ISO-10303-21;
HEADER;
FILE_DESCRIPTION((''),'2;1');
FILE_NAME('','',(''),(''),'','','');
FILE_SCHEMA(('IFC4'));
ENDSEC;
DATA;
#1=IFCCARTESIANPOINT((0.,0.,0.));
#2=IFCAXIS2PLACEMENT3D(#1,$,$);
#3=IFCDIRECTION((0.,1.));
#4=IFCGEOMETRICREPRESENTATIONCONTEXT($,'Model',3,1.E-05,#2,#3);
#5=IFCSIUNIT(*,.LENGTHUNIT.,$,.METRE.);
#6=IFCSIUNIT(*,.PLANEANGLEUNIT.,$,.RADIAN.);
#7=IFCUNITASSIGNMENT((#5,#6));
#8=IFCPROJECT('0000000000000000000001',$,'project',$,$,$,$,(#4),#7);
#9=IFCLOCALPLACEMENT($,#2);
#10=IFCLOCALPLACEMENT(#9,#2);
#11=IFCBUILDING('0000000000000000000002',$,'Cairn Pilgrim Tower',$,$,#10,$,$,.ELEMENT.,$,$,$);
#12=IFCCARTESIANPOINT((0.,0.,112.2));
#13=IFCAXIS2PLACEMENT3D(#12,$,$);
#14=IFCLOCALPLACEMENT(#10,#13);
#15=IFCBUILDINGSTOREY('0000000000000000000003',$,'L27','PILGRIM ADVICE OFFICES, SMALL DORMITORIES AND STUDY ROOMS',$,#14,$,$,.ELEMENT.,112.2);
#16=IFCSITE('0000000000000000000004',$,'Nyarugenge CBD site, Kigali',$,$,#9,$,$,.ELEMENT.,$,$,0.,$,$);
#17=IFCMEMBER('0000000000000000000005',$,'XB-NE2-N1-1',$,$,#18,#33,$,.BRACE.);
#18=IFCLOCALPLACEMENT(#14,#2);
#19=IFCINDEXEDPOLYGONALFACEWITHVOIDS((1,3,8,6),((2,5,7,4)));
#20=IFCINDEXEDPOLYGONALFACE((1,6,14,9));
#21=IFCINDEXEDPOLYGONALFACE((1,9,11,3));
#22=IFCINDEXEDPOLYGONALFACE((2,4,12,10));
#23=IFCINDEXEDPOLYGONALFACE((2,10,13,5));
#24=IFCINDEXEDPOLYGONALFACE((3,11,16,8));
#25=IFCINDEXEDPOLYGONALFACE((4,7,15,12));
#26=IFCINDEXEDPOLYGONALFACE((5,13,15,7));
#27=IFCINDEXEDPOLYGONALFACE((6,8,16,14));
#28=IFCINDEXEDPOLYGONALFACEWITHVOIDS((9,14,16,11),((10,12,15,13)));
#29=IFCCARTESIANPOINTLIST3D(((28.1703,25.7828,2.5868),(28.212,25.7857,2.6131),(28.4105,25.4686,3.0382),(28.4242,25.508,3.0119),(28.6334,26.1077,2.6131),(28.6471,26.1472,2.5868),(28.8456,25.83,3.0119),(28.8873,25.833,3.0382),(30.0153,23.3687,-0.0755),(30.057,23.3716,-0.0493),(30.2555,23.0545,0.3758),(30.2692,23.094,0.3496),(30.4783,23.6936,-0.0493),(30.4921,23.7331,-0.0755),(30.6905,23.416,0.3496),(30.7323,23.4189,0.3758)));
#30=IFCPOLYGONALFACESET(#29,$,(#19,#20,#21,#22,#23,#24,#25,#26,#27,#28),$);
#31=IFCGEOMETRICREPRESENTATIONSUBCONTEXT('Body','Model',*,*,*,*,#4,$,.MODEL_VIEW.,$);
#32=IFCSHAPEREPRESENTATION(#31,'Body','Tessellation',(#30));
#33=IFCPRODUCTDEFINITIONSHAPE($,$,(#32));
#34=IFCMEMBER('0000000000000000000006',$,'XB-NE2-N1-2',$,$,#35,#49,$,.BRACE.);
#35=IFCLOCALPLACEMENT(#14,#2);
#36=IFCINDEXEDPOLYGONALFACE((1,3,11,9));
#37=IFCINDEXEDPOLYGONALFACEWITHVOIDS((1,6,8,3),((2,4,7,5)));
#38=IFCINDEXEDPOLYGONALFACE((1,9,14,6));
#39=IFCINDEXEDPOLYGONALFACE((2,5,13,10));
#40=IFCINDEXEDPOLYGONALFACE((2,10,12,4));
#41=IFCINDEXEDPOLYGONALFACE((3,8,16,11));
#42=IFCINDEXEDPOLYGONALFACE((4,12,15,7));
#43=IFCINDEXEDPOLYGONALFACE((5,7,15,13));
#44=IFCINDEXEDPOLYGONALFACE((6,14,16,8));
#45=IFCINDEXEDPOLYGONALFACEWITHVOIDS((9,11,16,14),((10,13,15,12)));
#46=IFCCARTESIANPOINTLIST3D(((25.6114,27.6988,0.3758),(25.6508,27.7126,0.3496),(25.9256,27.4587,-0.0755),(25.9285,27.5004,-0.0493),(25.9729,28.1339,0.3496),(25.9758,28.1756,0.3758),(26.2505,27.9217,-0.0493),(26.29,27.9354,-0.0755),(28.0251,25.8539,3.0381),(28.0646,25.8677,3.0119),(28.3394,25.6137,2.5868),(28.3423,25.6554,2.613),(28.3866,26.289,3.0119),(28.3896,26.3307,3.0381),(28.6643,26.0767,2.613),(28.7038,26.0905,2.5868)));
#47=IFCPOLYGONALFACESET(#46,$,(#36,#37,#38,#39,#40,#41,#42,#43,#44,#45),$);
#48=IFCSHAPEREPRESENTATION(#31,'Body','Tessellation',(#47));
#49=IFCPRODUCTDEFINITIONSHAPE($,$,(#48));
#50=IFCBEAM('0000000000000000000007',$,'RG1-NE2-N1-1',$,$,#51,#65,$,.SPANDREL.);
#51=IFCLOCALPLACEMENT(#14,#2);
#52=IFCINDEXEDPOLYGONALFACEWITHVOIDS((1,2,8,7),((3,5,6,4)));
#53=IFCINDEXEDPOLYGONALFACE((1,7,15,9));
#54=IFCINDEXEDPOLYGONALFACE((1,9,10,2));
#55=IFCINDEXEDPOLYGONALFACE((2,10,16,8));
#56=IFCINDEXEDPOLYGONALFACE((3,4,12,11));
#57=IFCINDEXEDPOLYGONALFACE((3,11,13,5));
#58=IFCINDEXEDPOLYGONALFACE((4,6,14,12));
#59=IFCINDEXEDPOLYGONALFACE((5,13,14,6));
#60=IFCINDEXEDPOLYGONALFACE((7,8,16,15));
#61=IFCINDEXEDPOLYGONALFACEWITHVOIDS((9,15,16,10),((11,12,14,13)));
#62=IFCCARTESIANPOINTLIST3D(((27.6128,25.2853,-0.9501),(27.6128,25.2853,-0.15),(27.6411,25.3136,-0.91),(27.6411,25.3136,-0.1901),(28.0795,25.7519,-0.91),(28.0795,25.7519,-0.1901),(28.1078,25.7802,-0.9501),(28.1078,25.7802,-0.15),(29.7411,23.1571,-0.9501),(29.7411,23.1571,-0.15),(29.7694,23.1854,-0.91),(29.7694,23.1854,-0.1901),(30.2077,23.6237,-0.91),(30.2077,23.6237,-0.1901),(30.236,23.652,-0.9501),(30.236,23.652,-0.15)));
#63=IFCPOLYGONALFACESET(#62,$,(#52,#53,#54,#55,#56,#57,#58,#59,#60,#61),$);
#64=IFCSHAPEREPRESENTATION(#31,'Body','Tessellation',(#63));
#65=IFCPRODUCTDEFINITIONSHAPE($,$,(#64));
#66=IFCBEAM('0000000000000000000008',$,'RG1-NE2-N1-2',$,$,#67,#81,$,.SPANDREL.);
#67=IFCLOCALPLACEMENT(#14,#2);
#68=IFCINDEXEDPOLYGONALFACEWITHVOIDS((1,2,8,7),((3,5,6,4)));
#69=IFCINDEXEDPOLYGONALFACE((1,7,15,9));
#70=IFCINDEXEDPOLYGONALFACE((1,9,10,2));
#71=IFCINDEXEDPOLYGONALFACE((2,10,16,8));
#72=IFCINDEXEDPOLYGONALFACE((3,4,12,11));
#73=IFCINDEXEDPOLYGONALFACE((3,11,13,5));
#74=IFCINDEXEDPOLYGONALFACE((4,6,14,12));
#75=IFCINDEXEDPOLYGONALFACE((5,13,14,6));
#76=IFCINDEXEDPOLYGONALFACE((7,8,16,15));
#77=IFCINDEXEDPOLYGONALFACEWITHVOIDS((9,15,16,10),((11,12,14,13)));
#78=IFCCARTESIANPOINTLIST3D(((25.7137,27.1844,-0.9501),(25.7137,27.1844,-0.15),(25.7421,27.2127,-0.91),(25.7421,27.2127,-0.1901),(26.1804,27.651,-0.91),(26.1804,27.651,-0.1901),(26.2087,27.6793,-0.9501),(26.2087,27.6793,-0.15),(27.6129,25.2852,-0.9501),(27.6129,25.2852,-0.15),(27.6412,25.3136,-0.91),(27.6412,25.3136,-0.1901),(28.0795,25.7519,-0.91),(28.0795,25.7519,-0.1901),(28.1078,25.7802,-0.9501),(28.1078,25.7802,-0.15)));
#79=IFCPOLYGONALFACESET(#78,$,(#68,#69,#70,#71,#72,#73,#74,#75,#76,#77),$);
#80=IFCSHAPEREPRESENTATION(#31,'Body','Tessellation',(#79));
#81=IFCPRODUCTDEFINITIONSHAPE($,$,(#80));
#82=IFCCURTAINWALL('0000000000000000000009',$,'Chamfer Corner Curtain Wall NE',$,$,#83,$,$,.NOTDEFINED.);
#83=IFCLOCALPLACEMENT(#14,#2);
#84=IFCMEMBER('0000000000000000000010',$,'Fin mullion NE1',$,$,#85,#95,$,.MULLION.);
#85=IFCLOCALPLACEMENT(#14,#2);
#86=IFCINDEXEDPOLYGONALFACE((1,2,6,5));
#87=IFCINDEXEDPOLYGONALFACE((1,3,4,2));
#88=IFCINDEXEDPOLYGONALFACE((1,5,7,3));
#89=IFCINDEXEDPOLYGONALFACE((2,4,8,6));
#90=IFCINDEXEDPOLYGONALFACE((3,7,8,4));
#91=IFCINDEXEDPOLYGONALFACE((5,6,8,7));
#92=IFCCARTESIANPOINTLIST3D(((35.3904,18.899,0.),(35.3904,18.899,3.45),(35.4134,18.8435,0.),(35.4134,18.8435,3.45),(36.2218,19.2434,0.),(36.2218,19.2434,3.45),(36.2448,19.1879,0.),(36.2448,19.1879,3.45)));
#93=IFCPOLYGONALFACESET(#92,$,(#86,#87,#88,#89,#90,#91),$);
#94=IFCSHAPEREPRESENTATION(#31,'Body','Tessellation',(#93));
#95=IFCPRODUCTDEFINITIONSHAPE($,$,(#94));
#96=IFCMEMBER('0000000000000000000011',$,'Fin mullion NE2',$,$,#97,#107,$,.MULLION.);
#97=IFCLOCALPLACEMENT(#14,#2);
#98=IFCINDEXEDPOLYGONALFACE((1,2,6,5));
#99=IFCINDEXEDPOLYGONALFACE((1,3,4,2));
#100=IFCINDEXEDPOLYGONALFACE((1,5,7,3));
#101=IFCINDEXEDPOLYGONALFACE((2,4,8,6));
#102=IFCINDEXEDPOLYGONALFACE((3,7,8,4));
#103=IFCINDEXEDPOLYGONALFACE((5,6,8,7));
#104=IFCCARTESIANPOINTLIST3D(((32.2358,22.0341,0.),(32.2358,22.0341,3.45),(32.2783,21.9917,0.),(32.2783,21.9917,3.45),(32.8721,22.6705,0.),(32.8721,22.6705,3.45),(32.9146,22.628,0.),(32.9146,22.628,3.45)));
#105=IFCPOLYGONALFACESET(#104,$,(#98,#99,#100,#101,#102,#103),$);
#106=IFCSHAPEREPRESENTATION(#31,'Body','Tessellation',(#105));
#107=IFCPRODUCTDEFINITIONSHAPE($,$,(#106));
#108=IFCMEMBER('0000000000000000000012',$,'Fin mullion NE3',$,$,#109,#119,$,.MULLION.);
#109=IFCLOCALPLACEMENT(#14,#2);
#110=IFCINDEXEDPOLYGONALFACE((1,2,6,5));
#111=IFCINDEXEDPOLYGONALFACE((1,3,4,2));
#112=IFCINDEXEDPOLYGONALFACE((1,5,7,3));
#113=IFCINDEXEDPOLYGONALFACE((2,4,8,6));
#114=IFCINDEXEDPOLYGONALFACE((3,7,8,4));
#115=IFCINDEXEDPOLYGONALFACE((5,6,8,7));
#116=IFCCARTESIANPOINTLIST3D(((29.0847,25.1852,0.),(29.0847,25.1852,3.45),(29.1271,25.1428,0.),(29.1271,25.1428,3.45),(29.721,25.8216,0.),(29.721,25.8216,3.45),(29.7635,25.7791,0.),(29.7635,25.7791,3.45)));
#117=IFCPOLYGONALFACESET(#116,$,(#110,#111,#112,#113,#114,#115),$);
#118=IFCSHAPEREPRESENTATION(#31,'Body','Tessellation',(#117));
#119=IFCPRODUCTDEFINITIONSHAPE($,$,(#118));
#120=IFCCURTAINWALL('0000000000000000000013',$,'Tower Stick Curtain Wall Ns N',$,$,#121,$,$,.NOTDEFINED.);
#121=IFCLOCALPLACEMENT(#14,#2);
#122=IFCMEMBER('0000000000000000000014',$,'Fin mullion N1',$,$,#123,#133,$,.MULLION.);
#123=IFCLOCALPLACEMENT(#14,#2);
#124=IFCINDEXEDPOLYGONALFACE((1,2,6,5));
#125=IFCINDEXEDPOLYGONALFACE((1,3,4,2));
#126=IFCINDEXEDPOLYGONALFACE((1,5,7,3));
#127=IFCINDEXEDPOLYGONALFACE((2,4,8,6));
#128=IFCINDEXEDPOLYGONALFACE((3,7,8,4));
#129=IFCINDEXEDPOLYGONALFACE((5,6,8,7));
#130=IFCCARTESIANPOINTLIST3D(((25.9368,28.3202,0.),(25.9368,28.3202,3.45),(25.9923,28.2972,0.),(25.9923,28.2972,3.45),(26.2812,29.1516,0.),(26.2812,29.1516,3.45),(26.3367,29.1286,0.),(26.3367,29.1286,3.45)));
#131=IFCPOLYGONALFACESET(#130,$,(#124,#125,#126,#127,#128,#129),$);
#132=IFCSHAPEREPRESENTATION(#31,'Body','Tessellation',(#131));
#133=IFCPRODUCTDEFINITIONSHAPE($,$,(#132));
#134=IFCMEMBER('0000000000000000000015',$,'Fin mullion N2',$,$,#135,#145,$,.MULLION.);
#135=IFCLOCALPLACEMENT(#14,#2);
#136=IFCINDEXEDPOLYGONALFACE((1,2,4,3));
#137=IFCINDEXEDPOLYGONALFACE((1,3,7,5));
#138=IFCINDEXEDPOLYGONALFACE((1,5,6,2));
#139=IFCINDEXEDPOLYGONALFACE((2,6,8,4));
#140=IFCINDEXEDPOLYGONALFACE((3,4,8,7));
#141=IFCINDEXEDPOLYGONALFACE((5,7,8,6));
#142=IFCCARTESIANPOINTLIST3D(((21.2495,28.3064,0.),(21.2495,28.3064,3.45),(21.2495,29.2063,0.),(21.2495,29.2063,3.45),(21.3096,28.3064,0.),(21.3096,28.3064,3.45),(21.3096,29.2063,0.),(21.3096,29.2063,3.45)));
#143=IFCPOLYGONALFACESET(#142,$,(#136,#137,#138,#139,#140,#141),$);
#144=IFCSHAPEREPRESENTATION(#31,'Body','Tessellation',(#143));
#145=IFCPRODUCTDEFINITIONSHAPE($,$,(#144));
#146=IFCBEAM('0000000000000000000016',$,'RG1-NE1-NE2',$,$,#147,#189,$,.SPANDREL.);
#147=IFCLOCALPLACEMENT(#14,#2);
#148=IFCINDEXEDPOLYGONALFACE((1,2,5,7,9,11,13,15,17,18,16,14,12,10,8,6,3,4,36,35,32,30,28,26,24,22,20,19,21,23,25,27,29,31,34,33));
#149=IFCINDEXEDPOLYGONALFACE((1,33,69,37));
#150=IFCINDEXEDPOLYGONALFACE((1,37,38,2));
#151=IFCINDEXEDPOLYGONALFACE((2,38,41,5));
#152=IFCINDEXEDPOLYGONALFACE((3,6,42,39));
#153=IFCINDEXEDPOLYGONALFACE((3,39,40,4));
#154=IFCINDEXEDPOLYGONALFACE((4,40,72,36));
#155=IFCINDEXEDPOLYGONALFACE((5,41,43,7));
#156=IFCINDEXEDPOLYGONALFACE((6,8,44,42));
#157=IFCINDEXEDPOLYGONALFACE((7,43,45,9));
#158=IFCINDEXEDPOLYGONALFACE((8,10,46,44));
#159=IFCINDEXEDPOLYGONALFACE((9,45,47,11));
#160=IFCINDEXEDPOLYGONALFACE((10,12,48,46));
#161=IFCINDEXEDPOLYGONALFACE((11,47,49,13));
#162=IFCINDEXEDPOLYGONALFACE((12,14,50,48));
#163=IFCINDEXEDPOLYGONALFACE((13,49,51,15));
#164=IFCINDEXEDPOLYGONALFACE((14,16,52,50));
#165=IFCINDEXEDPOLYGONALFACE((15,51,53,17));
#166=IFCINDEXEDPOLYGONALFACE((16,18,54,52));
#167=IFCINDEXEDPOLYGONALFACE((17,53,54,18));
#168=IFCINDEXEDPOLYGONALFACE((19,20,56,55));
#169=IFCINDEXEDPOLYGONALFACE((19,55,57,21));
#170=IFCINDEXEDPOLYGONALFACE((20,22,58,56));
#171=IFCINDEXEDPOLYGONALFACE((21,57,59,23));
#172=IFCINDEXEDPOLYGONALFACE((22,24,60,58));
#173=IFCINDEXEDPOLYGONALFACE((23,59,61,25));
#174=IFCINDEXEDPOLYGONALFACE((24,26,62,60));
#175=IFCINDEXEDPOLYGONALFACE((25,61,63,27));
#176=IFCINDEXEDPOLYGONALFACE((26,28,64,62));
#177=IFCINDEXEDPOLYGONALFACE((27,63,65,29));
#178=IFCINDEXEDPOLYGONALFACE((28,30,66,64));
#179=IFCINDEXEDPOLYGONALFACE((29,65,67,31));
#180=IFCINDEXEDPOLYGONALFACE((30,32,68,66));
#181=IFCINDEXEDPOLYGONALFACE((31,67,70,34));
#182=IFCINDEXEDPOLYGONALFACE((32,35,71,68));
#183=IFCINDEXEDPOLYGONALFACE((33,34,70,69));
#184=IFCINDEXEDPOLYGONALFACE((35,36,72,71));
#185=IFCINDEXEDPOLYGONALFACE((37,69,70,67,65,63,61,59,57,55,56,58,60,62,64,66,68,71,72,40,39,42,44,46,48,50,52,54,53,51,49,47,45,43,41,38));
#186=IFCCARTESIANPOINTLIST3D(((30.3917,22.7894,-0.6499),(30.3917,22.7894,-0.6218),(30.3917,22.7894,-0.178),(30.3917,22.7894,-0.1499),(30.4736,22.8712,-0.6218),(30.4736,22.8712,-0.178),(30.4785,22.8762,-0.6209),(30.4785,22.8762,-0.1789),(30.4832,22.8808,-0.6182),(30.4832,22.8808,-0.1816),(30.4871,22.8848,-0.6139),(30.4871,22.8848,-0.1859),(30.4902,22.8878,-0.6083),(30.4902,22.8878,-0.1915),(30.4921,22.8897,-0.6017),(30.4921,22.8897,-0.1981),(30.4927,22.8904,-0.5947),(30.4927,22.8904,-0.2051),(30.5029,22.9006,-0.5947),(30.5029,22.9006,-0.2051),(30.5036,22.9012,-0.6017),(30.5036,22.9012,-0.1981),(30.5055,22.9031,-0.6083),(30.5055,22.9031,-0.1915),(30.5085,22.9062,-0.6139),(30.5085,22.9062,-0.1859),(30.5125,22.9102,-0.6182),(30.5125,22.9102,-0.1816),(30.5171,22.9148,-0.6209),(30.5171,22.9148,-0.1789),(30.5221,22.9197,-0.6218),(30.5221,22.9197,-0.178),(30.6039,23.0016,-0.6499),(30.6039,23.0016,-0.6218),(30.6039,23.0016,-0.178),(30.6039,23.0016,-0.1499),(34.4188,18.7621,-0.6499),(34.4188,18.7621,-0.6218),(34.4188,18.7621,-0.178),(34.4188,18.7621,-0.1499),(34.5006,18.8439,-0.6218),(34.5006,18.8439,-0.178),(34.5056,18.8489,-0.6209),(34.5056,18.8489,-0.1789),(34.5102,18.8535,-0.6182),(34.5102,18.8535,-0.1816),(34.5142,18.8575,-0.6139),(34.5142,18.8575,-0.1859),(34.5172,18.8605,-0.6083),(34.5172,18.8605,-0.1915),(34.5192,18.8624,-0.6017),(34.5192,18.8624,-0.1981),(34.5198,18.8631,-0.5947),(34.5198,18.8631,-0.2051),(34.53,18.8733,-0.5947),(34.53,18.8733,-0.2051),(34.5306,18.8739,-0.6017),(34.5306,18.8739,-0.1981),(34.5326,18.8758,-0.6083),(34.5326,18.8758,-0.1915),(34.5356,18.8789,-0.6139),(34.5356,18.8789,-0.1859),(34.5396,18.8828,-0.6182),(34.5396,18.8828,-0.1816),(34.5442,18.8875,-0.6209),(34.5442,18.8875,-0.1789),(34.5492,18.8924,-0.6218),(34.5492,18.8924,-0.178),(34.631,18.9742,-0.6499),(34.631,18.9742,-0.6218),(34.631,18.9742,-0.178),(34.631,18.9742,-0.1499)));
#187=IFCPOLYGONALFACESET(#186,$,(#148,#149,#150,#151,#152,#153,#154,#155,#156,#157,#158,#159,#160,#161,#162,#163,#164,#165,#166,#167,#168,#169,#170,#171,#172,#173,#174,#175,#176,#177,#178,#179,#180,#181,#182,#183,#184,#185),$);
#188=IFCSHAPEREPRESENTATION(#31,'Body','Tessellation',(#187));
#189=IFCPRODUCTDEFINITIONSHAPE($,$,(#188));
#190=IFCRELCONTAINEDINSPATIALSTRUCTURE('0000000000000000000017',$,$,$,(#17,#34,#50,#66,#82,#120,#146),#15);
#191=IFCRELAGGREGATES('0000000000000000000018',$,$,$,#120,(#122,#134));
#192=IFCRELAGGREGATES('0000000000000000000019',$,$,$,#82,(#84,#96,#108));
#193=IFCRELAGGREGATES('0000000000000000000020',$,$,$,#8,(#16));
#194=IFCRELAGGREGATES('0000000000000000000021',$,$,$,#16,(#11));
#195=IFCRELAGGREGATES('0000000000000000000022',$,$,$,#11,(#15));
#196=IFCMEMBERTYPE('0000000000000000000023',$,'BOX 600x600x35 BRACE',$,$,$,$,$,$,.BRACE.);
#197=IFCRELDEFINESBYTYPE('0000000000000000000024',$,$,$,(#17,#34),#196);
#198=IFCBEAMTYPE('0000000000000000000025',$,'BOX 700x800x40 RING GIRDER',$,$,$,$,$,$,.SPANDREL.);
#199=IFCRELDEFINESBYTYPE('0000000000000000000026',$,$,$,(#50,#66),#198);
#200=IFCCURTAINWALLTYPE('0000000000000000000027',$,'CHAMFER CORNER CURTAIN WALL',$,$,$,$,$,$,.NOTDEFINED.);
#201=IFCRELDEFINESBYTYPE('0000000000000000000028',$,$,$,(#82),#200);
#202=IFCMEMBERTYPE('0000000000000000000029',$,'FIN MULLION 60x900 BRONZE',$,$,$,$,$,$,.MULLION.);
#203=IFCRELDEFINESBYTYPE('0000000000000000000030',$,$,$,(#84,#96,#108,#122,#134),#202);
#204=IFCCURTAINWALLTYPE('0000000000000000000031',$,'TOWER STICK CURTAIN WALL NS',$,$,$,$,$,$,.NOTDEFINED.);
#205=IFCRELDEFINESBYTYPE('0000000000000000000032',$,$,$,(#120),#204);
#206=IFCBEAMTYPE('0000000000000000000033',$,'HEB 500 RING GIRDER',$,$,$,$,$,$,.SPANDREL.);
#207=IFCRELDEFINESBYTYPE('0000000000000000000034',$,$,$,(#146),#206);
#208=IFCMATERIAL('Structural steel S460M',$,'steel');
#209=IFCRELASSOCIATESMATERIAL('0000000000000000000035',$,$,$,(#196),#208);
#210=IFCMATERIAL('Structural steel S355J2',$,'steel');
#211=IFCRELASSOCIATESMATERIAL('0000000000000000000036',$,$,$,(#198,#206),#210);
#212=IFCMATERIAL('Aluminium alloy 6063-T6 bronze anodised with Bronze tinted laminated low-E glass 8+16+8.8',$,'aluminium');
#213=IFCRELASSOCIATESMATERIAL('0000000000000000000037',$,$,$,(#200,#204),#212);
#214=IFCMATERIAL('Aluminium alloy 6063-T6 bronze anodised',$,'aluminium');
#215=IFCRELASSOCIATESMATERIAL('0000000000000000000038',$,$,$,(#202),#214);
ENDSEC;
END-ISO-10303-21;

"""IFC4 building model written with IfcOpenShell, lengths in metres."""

from ifc_helpers import new_model, si_unit, direction, frame, origin, origin_2d, place, context, subcontext, project, spatial, rectangle, hollow_rectangle, i_section, extrude, material, material_profile, profile_set, type_object, element, aggregate, save


model = new_model("IFC4")

# Units and contexts
model_context = context("Model", 3, precision=1e-05, world=origin(), true_north=direction((0.0, 1.0)))
body_context = subcontext(model_context, "Body", "Model", "MODEL_VIEW")
ifc_project = project(units=[si_unit("LENGTHUNIT", "METRE"), si_unit("PLANEANGLEUNIT", "RADIAN")], contexts=[model_context])

# Site, building, storey
site_placement = place(None, origin())
site = spatial("IfcSite", under=ifc_project, at=site_placement, Name="Nyarugenge CBD site, Kigali", CompositionType="ELEMENT", RefElevation=0.0)
building_placement = place(site_placement, origin())
building = spatial("IfcBuilding", under=site, at=building_placement, Name="Cairn Pilgrim Tower", CompositionType="ELEMENT")
storey_placement = place(building_placement, frame((0.0, 0.0, 112.2)))
storey = spatial("IfcBuildingStorey", under=building, at=storey_placement, Name="L27", Description="PILGRIM ADVICE OFFICES, SMALL DORMITORIES AND STUDY ROOMS", CompositionType="ELEMENT", Elevation=112.2)

# Shared definitions
ifc_material_1 = material(Name="Structural steel S460M", Category="steel")

# Members
ifc_material_profile_1 = material_profile(ifc_material_1, hollow_rectangle(XDim=0.6001, YDim=0.6001, WallThickness=0.0349, at=origin_2d()), Name="BOX 600x600x35")
ifc_profile_set_1 = profile_set([ifc_material_profile_1], Name="Structural steel S460M")
member_type_1 = type_object("IfcMemberType", Name="BOX 600x600x35 BRACE", PredefinedType="BRACE", material=ifc_profile_set_1)
member_1_placement = place(storey_placement, frame((30.3738, 23.3938, 0.1501), z_axis=(-0.456702, 0.597574, 0.659036), x_axis=(-0.794529, -0.607226, 0.0)))
element("IfcMember", 1, at=member_1_placement, inside=storey, type_object=member_type_1, Name="XB-NE2-N1-1", PredefinedType="BRACE", context=body_context, shape_type="SweptSolid", body=[
    extrude(hollow_rectangle(XDim=0.6001, YDim=0.6001, WallThickness=0.0349, at=origin_2d()), origin(), (0.0, 0.0, 1.0), 4.0398),
])
member_2_placement = place(storey_placement, frame((25.9507, 27.8171, 0.1501), z_axis=(0.597535, -0.456718, 0.65906), x_axis=(0.607265, 0.794499, 0.0)))
element("IfcMember", 2, at=member_2_placement, inside=storey, type_object=member_type_1, Name="XB-NE2-N1-2", PredefinedType="BRACE", context=body_context, shape_type="SweptSolid", body=[
    extrude(hollow_rectangle(XDim=0.6001, YDim=0.6001, WallThickness=0.0349, at=origin_2d()), origin(), (0.0, 0.0, 1.0), 4.0396),
])

# Beams
ifc_material_2 = material(Name="Structural steel S355J2", Category="steel")
ifc_material_profile_2 = material_profile(ifc_material_2, hollow_rectangle(XDim=0.7, YDim=0.8, WallThickness=0.04, at=origin_2d()), Name="BOX 700x800x40")
ifc_profile_set_2 = profile_set([ifc_material_profile_2], Name="Structural steel S355J2")
beam_type_1 = type_object("IfcBeamType", Name="BOX 700x800x40 RING GIRDER", PredefinedType="SPANDREL", material=ifc_profile_set_2)
beam_1_placement = place(storey_placement, frame((29.9885, 23.4045, -0.55), z_axis=(-0.707107, 0.707107, 0.0), x_axis=(-0.707107, -0.707107, 0.0)))
element("IfcBeam", 3, at=beam_1_placement, inside=storey, type_object=beam_type_1, Name="RG1-NE2-N1-1", PredefinedType="SPANDREL", context=body_context, shape_type="SweptSolid", body=[
    extrude(hollow_rectangle(XDim=0.7, YDim=0.8, WallThickness=0.04, at=origin_2d()), origin(), (0.0, 0.0, 1.0), 3.0098),
])
beam_2_placement = place(storey_placement, frame((27.8604, 25.5327, -0.55), z_axis=(-0.707107, 0.707107, 0.0), x_axis=(-0.707107, -0.707107, 0.0)))
element("IfcBeam", 4, at=beam_2_placement, inside=storey, type_object=beam_type_1, Name="RG1-NE2-N1-2", PredefinedType="SPANDREL", context=body_context, shape_type="SweptSolid", body=[
    extrude(hollow_rectangle(XDim=0.7, YDim=0.8, WallThickness=0.04, at=origin_2d()), origin(), (0.0, 0.0, 1.0), 2.6858),
])

# Curtain walls, members
ifc_material_3 = material(Name="Aluminium alloy 6063-T6 bronze anodised with Bronze tinted laminated low-E glass 8+16+8.8", Category="aluminium")
curtain_wall_type_1 = type_object("IfcCurtainWallType", Name="CHAMFER CORNER CURTAIN WALL", PredefinedType="NOTDEFINED", material=ifc_material_3)
curtain_wall_1_placement = place(storey_placement, origin())
curtain_wall_1 = element("IfcCurtainWall", 5, at=curtain_wall_1_placement, inside=storey, type_object=curtain_wall_type_1, Name="Chamfer Corner Curtain Wall NE", PredefinedType="NOTDEFINED")
ifc_material_4 = material(Name="Aluminium alloy 6063-T6 bronze anodised", Category="aluminium")
ifc_material_profile_3 = material_profile(ifc_material_4, rectangle(XDim=0.8999, YDim=0.0601, at=origin_2d()), Name="FIN MULLION 60x900 BRONZE")
ifc_profile_set_3 = profile_set([ifc_material_profile_3], Name="Aluminium alloy 6063-T6 bronze anodised")
member_type_2 = type_object("IfcMemberType", Name="FIN MULLION 60x900 BRONZE", PredefinedType="MULLION", material=ifc_profile_set_3)
member_3_placement = place(storey_placement, frame((35.8176, 19.0435, 0.0), z_axis=(0.0, 0.0, 1.0), x_axis=(0.92388, 0.382683, 0.0)))
member_3 = element("IfcMember", 6, at=member_3_placement, type_object=member_type_2, Name="Fin mullion NE1", PredefinedType="MULLION", context=body_context, shape_type="SweptSolid", body=[
    extrude(rectangle(XDim=0.8999, YDim=0.0601, at=origin_2d()), origin(), (0.0, 0.0, 1.0), 3.45),
])
member_4_placement = place(storey_placement, frame((32.5752, 22.3311, 0.0), z_axis=(0.0, 0.0, 1.0), x_axis=(0.707107, 0.707107, 0.0)))
member_4 = element("IfcMember", 7, at=member_4_placement, type_object=member_type_2, Name="Fin mullion NE2", PredefinedType="MULLION", context=body_context, shape_type="SweptSolid", body=[
    extrude(rectangle(XDim=0.8999, YDim=0.0601, at=origin_2d()), origin(), (0.0, 0.0, 1.0), 3.45),
])
member_5_placement = place(storey_placement, frame((29.4241, 25.4822, 0.0), z_axis=(0.0, 0.0, 1.0), x_axis=(0.707107, 0.707107, 0.0)))
member_5 = element("IfcMember", 8, at=member_5_placement, type_object=member_type_2, Name="Fin mullion NE3", PredefinedType="MULLION", context=body_context, shape_type="SweptSolid", body=[
    extrude(rectangle(XDim=0.8999, YDim=0.0601, at=origin_2d()), origin(), (0.0, 0.0, 1.0), 3.45),
])
curtain_wall_type_2 = type_object("IfcCurtainWallType", Name="TOWER STICK CURTAIN WALL NS", PredefinedType="NOTDEFINED", material=ifc_material_3)
curtain_wall_2_placement = place(storey_placement, origin())
curtain_wall_2 = element("IfcCurtainWall", 9, at=curtain_wall_2_placement, inside=storey, type_object=curtain_wall_type_2, Name="Tower Stick Curtain Wall Ns N", PredefinedType="NOTDEFINED")
member_6_placement = place(storey_placement, frame((26.1367, 28.7244, 0.0), z_axis=(0.0, 0.0, 1.0), x_axis=(0.382683, 0.92388, 0.0)))
member_6 = element("IfcMember", 10, at=member_6_placement, type_object=member_type_2, Name="Fin mullion N1", PredefinedType="MULLION", context=body_context, shape_type="SweptSolid", body=[
    extrude(rectangle(XDim=0.8999, YDim=0.0601, at=origin_2d()), origin(), (0.0, 0.0, 1.0), 3.45),
])
member_7_placement = place(storey_placement, frame((21.2795, 28.7563, 0.0), z_axis=(0.0, 0.0, 1.0), x_axis=(0.0, 1.0, 0.0)))
member_7 = element("IfcMember", 11, at=member_7_placement, type_object=member_type_2, Name="Fin mullion N2", PredefinedType="MULLION", context=body_context, shape_type="SweptSolid", body=[
    extrude(rectangle(XDim=0.8999, YDim=0.0601, at=origin_2d()), origin(), (0.0, 0.0, 1.0), 3.45),
])

# Beam
ifc_material_profile_4 = material_profile(ifc_material_2, i_section(OverallWidth=0.3, OverallDepth=0.5, WebThickness=0.0144, FlangeThickness=0.0281, FilletRadius=0.0271, at=origin_2d()), Name="HEB 500")
ifc_profile_set_4 = profile_set([ifc_material_profile_4], Name="Structural steel S355J2")
beam_type_2 = type_object("IfcBeamType", Name="HEB 500 RING GIRDER", PredefinedType="SPANDREL", material=ifc_profile_set_4)
beam_3_placement = place(storey_placement, frame((34.5249, 18.8682, -0.3999), z_axis=(-0.707085, 0.707128, 0.0), x_axis=(-0.707128, -0.707085, 0.0)))
element("IfcBeam", 12, at=beam_3_placement, inside=storey, type_object=beam_type_2, Name="RG1-NE1-NE2", PredefinedType="SPANDREL", context=body_context, shape_type="SweptSolid", body=[
    extrude(i_section(OverallWidth=0.3, OverallDepth=0.5, WebThickness=0.0144, FlangeThickness=0.0281, FilletRadius=0.0271, at=origin_2d()), origin(), (0.0, 0.0, 1.0), 5.6953),
])

aggregate(curtain_wall_2, [member_6, member_7])
aggregate(curtain_wall_1, [member_3, member_4, member_5])

save(model, "model.ifc")
